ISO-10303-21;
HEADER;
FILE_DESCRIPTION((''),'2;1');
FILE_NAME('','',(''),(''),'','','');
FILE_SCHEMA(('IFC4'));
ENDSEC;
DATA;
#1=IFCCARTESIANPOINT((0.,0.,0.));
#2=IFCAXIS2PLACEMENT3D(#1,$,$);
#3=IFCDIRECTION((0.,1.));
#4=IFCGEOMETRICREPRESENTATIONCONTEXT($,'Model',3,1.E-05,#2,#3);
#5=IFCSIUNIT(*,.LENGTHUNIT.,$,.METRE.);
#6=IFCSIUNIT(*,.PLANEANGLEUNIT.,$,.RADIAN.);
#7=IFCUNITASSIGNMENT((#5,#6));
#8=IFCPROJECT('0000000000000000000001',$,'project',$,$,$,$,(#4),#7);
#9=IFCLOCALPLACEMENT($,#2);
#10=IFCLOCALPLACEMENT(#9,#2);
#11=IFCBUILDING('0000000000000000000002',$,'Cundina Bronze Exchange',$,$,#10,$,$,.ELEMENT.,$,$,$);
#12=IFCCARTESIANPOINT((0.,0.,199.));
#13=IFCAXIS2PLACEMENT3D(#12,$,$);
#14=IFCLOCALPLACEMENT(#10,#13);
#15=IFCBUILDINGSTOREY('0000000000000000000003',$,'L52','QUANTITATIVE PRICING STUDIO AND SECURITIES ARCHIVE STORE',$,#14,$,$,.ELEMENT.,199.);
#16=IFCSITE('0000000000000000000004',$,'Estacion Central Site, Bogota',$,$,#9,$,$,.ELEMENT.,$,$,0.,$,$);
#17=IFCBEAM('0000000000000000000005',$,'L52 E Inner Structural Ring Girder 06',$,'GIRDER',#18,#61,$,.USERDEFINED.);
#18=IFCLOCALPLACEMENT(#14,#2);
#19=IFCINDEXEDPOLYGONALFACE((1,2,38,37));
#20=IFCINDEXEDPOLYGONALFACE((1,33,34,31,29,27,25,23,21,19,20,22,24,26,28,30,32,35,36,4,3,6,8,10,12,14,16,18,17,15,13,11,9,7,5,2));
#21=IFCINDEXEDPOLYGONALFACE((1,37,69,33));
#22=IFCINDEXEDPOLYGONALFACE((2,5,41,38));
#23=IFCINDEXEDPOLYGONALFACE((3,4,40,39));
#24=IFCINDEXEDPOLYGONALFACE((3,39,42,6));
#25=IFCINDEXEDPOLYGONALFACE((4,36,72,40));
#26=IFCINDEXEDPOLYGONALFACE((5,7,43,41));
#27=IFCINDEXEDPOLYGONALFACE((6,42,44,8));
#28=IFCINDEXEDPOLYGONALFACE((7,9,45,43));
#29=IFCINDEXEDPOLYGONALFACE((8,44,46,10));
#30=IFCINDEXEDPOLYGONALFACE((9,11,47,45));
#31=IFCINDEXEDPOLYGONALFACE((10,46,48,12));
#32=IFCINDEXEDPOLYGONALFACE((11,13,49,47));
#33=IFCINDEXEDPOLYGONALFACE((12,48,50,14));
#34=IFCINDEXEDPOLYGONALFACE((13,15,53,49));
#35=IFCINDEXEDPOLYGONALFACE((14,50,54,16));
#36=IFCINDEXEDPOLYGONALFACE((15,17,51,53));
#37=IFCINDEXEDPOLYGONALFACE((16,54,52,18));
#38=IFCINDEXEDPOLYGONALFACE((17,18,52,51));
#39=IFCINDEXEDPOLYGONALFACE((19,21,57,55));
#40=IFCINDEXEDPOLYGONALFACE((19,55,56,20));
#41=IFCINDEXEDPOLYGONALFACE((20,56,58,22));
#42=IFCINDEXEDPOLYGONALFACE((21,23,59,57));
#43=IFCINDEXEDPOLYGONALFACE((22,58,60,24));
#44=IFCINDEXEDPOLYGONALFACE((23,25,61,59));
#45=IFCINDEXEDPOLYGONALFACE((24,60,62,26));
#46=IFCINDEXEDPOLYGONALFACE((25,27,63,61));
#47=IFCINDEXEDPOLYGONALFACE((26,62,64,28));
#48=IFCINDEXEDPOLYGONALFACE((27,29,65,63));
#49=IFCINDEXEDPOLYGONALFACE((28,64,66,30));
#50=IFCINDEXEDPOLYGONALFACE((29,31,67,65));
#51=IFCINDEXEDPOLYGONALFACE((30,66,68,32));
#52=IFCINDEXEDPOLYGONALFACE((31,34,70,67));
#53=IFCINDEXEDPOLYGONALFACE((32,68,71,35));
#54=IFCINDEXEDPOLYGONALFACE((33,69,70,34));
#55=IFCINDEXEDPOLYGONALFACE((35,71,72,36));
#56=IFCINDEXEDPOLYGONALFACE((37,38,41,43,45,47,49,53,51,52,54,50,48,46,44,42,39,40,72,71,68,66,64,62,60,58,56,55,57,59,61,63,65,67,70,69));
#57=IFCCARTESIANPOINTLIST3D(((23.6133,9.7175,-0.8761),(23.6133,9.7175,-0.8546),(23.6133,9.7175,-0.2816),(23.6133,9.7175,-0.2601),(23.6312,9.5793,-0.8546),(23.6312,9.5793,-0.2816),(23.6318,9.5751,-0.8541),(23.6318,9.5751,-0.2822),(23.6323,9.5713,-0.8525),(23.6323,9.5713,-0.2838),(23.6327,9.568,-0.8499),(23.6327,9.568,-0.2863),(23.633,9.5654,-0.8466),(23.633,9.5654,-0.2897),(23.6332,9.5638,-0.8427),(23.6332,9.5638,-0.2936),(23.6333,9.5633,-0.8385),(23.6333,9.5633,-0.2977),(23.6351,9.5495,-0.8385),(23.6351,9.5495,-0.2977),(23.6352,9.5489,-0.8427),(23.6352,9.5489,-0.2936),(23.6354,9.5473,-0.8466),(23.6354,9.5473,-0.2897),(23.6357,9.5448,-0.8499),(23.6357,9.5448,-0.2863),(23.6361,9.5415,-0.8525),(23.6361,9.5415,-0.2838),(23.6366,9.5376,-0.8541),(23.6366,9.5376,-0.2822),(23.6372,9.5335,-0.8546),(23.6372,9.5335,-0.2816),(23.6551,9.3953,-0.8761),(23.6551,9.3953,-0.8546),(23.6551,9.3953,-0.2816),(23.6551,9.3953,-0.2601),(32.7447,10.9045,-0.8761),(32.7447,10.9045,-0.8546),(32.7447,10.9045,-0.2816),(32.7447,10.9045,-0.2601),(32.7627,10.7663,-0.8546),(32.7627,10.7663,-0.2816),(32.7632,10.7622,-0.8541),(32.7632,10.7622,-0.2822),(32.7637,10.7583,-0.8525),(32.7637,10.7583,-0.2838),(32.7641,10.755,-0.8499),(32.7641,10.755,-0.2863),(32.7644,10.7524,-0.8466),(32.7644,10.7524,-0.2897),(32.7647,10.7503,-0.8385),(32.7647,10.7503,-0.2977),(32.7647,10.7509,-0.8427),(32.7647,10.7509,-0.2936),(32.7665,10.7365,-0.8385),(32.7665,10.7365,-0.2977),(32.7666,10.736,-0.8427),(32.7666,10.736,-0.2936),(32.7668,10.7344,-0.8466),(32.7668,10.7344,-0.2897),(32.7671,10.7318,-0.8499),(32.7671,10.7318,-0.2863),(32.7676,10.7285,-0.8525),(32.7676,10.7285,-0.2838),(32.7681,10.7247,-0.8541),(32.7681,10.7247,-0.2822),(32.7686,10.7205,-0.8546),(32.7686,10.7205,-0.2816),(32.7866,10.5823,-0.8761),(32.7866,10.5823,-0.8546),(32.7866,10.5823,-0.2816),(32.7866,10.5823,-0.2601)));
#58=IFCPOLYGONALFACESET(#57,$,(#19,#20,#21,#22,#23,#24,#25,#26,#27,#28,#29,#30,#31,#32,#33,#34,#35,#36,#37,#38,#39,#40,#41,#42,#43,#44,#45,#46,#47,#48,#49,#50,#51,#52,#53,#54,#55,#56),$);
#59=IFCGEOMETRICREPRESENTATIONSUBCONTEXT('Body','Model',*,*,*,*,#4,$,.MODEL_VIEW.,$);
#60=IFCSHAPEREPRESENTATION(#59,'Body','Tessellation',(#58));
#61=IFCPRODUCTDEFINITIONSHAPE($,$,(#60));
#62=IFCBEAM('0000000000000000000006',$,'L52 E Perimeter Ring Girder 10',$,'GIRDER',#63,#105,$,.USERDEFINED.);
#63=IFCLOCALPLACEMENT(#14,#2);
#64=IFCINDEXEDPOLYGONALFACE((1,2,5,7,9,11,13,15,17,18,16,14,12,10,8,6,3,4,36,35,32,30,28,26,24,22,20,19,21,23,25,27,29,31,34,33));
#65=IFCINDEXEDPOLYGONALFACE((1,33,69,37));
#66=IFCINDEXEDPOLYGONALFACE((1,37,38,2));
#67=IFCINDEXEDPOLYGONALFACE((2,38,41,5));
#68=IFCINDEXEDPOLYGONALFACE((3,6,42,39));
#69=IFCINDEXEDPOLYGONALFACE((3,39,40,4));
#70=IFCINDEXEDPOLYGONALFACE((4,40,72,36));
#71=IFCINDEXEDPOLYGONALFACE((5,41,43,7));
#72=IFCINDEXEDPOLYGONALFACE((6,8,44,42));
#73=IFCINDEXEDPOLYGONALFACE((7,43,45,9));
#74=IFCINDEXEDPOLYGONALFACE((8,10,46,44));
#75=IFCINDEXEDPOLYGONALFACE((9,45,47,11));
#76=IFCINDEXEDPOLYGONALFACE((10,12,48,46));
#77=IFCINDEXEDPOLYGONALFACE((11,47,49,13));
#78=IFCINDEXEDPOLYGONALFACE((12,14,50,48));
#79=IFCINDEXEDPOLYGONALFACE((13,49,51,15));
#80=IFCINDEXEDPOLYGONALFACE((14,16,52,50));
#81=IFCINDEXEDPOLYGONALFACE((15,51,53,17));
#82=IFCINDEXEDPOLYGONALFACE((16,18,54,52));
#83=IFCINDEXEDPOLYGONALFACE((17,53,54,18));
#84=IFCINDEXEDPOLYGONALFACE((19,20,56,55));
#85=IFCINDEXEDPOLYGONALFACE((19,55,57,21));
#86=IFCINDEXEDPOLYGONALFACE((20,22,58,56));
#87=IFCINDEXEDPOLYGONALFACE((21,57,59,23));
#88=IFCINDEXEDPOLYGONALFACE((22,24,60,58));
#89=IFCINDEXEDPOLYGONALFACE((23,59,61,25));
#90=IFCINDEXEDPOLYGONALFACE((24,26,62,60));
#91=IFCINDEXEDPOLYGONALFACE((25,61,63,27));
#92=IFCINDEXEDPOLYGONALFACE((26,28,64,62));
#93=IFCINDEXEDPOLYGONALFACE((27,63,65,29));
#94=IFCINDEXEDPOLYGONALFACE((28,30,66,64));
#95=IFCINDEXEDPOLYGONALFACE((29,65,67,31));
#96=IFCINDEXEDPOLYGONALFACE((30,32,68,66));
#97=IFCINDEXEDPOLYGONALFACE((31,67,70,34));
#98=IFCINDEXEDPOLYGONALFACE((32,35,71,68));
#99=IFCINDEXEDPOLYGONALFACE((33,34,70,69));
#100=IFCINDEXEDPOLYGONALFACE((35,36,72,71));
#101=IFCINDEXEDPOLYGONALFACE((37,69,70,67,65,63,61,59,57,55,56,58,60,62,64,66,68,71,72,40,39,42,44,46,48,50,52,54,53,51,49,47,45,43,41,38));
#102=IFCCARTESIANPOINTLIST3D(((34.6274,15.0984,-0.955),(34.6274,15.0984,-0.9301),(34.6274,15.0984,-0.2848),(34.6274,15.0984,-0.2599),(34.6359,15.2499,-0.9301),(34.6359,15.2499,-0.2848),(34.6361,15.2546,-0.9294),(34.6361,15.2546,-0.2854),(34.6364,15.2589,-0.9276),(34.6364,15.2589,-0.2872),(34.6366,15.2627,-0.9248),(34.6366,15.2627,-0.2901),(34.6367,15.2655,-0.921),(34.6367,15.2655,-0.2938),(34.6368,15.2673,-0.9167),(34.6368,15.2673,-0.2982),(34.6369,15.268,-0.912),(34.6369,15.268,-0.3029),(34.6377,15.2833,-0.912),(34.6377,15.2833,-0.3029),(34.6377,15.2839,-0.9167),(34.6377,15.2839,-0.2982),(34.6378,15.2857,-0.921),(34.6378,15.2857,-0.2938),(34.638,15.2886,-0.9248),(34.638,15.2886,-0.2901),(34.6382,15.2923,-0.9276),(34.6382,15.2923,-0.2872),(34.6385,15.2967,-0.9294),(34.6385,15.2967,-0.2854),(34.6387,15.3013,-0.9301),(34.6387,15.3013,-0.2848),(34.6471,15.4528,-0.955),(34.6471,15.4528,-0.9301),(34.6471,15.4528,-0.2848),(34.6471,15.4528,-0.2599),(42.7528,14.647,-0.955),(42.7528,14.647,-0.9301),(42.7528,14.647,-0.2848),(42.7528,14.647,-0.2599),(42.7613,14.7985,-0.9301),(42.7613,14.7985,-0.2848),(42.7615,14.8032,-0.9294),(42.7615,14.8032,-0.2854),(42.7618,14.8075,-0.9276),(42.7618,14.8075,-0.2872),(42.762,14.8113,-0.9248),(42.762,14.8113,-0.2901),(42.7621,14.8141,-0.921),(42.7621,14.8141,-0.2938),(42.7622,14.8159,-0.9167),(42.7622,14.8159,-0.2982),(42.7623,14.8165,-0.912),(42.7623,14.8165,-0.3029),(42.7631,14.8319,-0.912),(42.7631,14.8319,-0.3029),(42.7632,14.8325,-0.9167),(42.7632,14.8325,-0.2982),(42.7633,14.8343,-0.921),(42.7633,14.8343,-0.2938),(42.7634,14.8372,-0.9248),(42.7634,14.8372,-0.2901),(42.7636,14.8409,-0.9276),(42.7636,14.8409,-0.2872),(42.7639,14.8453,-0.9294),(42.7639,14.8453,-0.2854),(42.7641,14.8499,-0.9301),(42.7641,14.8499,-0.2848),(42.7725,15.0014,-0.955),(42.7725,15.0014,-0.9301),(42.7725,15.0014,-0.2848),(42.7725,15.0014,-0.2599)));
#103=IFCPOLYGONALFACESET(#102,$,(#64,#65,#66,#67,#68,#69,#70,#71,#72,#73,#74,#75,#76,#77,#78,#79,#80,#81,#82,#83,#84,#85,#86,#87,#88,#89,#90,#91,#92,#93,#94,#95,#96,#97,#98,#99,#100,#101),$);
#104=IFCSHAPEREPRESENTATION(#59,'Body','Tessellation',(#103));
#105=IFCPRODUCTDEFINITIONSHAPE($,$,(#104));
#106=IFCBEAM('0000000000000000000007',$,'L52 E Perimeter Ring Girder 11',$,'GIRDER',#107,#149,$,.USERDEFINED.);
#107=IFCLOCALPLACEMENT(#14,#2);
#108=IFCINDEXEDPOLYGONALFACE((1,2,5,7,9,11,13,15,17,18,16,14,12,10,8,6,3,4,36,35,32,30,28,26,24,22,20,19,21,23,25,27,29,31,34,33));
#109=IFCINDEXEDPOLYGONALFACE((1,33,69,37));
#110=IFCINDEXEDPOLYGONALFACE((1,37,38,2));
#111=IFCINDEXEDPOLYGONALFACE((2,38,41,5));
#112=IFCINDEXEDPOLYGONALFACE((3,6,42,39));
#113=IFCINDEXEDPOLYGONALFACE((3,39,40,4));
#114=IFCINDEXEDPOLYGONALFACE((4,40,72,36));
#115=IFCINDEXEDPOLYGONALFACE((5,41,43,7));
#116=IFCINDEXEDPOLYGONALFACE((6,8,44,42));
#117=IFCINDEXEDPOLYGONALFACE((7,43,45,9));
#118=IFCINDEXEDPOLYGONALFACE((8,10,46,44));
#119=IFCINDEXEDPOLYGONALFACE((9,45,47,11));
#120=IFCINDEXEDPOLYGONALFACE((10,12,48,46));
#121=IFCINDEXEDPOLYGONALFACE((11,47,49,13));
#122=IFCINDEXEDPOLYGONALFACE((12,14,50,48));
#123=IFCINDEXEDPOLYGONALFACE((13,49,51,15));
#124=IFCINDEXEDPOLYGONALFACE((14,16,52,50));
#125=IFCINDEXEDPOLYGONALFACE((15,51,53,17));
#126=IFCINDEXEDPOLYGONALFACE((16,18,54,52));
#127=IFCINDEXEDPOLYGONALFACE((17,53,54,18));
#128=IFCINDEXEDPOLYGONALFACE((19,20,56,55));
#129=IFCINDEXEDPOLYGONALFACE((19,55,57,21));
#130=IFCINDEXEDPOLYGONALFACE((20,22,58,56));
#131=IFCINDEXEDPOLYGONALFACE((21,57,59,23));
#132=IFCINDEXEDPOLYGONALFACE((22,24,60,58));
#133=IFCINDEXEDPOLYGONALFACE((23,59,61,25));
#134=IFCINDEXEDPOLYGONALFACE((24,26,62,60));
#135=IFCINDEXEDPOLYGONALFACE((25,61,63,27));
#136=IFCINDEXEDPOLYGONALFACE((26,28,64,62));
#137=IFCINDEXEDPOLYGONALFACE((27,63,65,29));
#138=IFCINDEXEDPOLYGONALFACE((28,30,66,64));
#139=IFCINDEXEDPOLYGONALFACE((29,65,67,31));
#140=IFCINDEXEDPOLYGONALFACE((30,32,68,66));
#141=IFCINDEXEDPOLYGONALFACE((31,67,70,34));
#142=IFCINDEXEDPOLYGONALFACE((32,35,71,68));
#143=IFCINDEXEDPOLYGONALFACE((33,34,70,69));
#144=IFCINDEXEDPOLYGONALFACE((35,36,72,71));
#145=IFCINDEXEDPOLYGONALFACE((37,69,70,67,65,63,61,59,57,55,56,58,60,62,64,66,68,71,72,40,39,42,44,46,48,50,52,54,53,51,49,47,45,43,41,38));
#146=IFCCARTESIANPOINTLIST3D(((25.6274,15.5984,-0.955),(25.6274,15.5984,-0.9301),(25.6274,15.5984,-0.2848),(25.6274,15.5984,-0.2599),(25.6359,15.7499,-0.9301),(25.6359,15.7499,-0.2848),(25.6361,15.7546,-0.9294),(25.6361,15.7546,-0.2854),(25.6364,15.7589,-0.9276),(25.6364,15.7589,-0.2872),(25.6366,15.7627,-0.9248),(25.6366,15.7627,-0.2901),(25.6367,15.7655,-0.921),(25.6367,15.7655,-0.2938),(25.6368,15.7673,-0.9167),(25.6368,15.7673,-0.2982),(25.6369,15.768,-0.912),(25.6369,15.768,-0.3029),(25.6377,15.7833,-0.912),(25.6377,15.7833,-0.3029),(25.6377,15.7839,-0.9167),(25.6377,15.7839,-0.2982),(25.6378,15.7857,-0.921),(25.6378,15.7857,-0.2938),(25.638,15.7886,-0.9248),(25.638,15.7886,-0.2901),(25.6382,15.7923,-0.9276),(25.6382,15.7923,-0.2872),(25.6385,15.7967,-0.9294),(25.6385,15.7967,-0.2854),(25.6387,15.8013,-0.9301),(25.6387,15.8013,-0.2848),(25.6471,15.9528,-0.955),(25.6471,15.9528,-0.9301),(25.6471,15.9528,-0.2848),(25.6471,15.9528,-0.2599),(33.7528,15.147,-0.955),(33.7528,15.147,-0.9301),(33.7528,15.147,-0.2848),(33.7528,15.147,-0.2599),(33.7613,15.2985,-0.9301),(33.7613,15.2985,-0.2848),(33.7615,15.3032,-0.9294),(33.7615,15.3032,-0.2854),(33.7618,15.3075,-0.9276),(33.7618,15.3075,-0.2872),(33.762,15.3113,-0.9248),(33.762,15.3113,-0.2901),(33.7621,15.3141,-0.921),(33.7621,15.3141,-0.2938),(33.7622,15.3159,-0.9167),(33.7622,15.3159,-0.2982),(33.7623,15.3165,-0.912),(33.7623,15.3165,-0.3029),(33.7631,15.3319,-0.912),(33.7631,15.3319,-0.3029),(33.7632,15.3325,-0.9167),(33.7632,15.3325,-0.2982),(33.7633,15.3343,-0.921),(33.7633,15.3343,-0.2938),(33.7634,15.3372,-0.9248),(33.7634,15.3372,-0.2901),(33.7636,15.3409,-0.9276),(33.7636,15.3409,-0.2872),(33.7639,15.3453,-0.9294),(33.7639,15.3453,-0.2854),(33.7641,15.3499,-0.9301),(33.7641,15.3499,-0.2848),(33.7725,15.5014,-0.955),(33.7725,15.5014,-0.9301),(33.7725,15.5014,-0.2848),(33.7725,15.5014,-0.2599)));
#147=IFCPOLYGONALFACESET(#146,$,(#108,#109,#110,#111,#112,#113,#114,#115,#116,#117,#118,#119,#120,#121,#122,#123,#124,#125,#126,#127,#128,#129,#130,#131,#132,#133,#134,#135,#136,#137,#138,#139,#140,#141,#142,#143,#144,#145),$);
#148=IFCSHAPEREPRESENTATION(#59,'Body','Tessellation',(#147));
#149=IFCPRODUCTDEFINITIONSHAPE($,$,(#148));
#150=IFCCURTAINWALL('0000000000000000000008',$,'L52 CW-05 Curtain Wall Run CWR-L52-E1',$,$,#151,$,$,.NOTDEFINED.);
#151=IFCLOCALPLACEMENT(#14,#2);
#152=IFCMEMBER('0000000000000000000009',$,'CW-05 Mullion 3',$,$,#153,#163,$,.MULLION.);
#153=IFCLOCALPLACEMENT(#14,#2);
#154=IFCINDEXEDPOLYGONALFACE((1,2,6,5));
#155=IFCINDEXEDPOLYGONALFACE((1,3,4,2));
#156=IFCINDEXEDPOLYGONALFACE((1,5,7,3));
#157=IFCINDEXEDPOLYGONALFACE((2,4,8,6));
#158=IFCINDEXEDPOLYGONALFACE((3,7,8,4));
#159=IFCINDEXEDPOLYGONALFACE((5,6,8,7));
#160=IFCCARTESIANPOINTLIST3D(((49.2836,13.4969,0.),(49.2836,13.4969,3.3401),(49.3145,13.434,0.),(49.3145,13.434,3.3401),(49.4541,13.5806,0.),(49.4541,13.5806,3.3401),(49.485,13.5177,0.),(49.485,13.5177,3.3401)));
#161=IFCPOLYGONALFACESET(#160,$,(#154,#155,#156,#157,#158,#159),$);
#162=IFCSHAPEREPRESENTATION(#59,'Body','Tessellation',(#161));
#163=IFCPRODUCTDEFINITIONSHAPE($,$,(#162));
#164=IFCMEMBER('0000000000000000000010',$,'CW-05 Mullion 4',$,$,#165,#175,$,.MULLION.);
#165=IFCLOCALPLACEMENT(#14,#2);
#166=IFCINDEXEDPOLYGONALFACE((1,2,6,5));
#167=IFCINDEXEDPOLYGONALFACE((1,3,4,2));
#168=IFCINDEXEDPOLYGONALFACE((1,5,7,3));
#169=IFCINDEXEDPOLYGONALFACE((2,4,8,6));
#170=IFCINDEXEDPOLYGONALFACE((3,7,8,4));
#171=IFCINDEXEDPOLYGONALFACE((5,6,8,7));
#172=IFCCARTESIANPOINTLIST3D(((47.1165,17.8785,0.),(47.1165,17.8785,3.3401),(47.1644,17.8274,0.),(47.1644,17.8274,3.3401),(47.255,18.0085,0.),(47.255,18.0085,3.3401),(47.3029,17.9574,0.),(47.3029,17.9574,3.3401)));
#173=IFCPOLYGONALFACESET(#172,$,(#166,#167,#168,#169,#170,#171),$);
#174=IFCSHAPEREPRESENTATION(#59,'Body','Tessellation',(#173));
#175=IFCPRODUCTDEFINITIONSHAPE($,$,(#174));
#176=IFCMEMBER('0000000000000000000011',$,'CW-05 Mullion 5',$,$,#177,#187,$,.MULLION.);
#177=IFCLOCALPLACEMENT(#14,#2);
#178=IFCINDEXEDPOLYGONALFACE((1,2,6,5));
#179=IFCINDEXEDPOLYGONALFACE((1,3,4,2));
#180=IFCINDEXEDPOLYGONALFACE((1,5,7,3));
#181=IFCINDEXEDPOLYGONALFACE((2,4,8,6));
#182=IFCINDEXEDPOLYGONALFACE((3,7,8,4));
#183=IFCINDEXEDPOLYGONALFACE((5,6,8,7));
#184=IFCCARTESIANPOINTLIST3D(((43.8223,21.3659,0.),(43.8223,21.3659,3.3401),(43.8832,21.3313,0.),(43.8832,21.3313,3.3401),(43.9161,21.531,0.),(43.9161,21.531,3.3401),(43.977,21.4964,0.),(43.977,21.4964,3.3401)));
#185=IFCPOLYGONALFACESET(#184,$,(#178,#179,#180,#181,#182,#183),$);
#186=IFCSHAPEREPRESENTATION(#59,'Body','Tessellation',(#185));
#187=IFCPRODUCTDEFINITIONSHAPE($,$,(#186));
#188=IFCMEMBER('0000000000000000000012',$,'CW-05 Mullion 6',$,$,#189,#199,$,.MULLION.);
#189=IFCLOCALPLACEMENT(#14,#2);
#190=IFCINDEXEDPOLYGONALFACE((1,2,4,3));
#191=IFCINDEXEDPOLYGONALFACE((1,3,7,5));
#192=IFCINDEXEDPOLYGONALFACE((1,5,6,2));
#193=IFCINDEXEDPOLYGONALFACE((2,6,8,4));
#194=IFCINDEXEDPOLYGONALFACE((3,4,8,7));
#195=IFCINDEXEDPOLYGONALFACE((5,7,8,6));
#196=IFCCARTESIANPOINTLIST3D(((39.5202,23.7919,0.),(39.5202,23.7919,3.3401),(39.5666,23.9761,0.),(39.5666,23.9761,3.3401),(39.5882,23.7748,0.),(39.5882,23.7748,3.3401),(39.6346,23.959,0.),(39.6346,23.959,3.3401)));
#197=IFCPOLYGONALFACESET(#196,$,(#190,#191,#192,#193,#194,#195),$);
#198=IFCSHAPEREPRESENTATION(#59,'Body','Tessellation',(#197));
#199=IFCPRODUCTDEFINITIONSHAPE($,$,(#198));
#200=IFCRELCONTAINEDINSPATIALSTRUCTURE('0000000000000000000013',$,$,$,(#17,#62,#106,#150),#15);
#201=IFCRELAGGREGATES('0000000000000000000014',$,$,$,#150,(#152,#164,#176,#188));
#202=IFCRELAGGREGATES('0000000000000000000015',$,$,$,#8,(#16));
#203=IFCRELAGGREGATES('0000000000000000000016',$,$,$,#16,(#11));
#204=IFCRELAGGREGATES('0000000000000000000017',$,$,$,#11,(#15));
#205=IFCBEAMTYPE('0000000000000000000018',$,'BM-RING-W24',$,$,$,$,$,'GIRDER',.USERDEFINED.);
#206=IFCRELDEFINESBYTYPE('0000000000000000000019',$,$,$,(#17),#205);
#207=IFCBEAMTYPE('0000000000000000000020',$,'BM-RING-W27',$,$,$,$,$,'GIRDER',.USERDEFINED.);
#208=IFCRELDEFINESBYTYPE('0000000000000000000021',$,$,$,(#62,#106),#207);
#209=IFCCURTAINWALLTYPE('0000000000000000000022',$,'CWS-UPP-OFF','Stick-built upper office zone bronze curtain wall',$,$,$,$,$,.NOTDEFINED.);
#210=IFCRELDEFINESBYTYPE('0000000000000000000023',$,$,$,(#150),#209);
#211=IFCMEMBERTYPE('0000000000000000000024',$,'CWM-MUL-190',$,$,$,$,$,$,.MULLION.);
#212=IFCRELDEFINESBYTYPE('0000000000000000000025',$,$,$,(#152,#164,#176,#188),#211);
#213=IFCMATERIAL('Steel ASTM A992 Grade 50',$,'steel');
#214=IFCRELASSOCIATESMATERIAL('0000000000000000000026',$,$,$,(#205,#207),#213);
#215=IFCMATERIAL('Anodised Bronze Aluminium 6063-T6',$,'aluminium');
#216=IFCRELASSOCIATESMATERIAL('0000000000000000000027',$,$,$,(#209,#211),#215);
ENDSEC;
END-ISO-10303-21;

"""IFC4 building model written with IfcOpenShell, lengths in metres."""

from ifc_helpers import new_model, si_unit, direction, frame, origin, origin_2d, place, context, subcontext, project, spatial, rectangle, i_section, extrude, material, material_profile, profile_set, type_object, element, aggregate, save


model = new_model("IFC4")

# Units and contexts
model_context = context("Model", 3, precision=1e-05, world=origin(), true_north=direction((0.0, 1.0)))
body_context = subcontext(model_context, "Body", "Model", "MODEL_VIEW")
ifc_project = project(units=[si_unit("LENGTHUNIT", "METRE"), si_unit("PLANEANGLEUNIT", "RADIAN")], contexts=[model_context])

# Site, building, storey
site_placement = place(None, origin())
site = spatial("IfcSite", under=ifc_project, at=site_placement, Name="Estacion Central Site, Bogota", CompositionType="ELEMENT", RefElevation=0.0)
building_placement = place(site_placement, origin())
building = spatial("IfcBuilding", under=site, at=building_placement, Name="Cundina Bronze Exchange", CompositionType="ELEMENT")
storey_placement = place(building_placement, frame((0.0, 0.0, 199.0)))
storey = spatial("IfcBuildingStorey", under=building, at=storey_placement, Name="L52", Description="QUANTITATIVE PRICING STUDIO AND SECURITIES ARCHIVE STORE", CompositionType="ELEMENT", Elevation=199.0)

# Beams
ifc_material_1 = material(Name="Steel ASTM A992 Grade 50", Category="steel")
ifc_material_profile_1 = material_profile(ifc_material_1, i_section(OverallWidth=0.325, OverallDepth=0.616, WebThickness=0.0139, FlangeThickness=0.0215, FilletRadius=0.0161, at=origin_2d()), Name="W24X117", Category="steel")
ifc_profile_set_1 = profile_set([ifc_material_profile_1], Name="Steel ASTM A992 Grade 50")
beam_type_1 = type_object("IfcBeamType", Name="BM-RING-W24", ElementType="GIRDER", PredefinedType="USERDEFINED", material=ifc_profile_set_1)
beam_1_placement = place(storey_placement, frame((32.7656, 10.7434, -0.5681), z_axis=(-0.991656, -0.128908, 0.0), x_axis=(0.128908, -0.991656, 0.0)))
element("IfcBeam", 1, at=beam_1_placement, inside=storey, type_object=beam_type_1, Name="L52 E Inner Structural Ring Girder 06", ObjectType="GIRDER", PredefinedType="USERDEFINED", context=body_context, shape_type="SweptSolid", body=[
    extrude(i_section(OverallWidth=0.325, OverallDepth=0.616, WebThickness=0.0139, FlangeThickness=0.0215, FilletRadius=0.0161, at=origin_2d()), origin(), (0.0, 0.0, 1.0), 9.2083),
])
ifc_material_profile_2 = material_profile(ifc_material_1, i_section(OverallWidth=0.355, OverallDepth=0.6951, WebThickness=0.0154, FlangeThickness=0.0249, FilletRadius=0.0181, at=origin_2d()), Name="W27X146", Category="steel")
ifc_profile_set_2 = profile_set([ifc_material_profile_2], Name="Steel ASTM A992 Grade 50")
beam_type_2 = type_object("IfcBeamType", Name="BM-RING-W27", ElementType="GIRDER", PredefinedType="USERDEFINED", material=ifc_profile_set_2)
for number, where, z_axis, x_axis, name in (
    (2, (42.7627, 14.8242, -0.6074), (-0.99846, 0.05547, 0.0), (-0.05547, -0.99846, 0.0), "L52 E Perimeter Ring Girder 10"),
    (3, (33.7627, 15.3242, -0.6074), (-0.99846, 0.05547, 0.0), (-0.05547, -0.99846, 0.0), "L52 E Perimeter Ring Girder 11"),
):
    element("IfcBeam", number, at=place(storey_placement, frame(where, z_axis=z_axis, x_axis=x_axis)), inside=storey, type_object=beam_type_2, Name=name, ObjectType="GIRDER", PredefinedType="USERDEFINED", context=body_context, shape_type="SweptSolid", body=[
        extrude(i_section(OverallWidth=0.355, OverallDepth=0.6951, WebThickness=0.0154, FlangeThickness=0.0249, FilletRadius=0.0181, at=origin_2d()), origin(), (0.0, 0.0, 1.0), 8.1379),
    ])

# Curtain wall, members
ifc_material_2 = material(Name="Anodised Bronze Aluminium 6063-T6", Category="aluminium")
curtain_wall_type = type_object("IfcCurtainWallType", Name="CWS-UPP-OFF", Description="Stick-built upper office zone bronze curtain wall", PredefinedType="NOTDEFINED", material=ifc_material_2)
curtain_wall_1_placement = place(storey_placement, origin())
curtain_wall_1 = element("IfcCurtainWall", 4, at=curtain_wall_1_placement, inside=storey, type_object=curtain_wall_type, Name="L52 CW-05 Curtain Wall Run CWR-L52-E1", PredefinedType="NOTDEFINED")
ifc_material_profile_3 = material_profile(ifc_material_2, rectangle(XDim=0.0701, YDim=0.1899, at=origin_2d()), Name="AL70X190", Category="aluminium")
ifc_profile_set_3 = profile_set([ifc_material_profile_3], Name="Anodised Bronze Aluminium 6063-T6")
member_type_1 = type_object("IfcMemberType", Name="CWM-MUL-190", PredefinedType="MULLION", material=ifc_profile_set_3)
member_1_placement = place(storey_placement, frame((49.3843, 13.5073, 0.0), z_axis=(0.0, 0.0, 1.0), x_axis=(-0.440566, 0.89772, 0.0)))
member_1 = element("IfcMember", 5, at=member_1_placement, type_object=member_type_1, Name="CW-05 Mullion 3", PredefinedType="MULLION", context=body_context, shape_type="SweptSolid", body=[
    extrude(rectangle(XDim=0.0701, YDim=0.1899, at=origin_2d()), origin(), (0.0, 0.0, 1.0), 3.3401),
])
member_2_placement = place(storey_placement, frame((47.2097, 17.918, 0.0), z_axis=(0.0, 0.0, 1.0), x_axis=(-0.684293, 0.729208, 0.0)))
member_2 = element("IfcMember", 6, at=member_2_placement, type_object=member_type_1, Name="CW-05 Mullion 4", PredefinedType="MULLION", context=body_context, shape_type="SweptSolid", body=[
    extrude(rectangle(XDim=0.0701, YDim=0.1899, at=origin_2d()), origin(), (0.0, 0.0, 1.0), 3.3401),
])
member_3_placement = place(storey_placement, frame((43.8997, 21.4312, 0.0), z_axis=(0.0, 0.0, 1.0), x_axis=(-0.869581, 0.49379, 0.0)))
member_3 = element("IfcMember", 7, at=member_3_placement, type_object=member_type_1, Name="CW-05 Mullion 5", PredefinedType="MULLION", context=body_context, shape_type="SweptSolid", body=[
    extrude(rectangle(XDim=0.0701, YDim=0.1899, at=origin_2d()), origin(), (0.0, 0.0, 1.0), 3.3401),
])
member_4_placement = place(storey_placement, frame((39.5774, 23.8755, 0.0), z_axis=(0.0, 0.0, 1.0), x_axis=(-0.969744, 0.244123, 0.0)))
member_4 = element("IfcMember", 8, at=member_4_placement, type_object=member_type_1, Name="CW-05 Mullion 6", PredefinedType="MULLION", context=body_context, shape_type="SweptSolid", body=[
    extrude(rectangle(XDim=0.0701, YDim=0.1899, at=origin_2d()), origin(), (0.0, 0.0, 1.0), 3.3401),
])

aggregate(curtain_wall_1, [member_1, member_2, member_3, member_4])

save(model, "model.ifc")
